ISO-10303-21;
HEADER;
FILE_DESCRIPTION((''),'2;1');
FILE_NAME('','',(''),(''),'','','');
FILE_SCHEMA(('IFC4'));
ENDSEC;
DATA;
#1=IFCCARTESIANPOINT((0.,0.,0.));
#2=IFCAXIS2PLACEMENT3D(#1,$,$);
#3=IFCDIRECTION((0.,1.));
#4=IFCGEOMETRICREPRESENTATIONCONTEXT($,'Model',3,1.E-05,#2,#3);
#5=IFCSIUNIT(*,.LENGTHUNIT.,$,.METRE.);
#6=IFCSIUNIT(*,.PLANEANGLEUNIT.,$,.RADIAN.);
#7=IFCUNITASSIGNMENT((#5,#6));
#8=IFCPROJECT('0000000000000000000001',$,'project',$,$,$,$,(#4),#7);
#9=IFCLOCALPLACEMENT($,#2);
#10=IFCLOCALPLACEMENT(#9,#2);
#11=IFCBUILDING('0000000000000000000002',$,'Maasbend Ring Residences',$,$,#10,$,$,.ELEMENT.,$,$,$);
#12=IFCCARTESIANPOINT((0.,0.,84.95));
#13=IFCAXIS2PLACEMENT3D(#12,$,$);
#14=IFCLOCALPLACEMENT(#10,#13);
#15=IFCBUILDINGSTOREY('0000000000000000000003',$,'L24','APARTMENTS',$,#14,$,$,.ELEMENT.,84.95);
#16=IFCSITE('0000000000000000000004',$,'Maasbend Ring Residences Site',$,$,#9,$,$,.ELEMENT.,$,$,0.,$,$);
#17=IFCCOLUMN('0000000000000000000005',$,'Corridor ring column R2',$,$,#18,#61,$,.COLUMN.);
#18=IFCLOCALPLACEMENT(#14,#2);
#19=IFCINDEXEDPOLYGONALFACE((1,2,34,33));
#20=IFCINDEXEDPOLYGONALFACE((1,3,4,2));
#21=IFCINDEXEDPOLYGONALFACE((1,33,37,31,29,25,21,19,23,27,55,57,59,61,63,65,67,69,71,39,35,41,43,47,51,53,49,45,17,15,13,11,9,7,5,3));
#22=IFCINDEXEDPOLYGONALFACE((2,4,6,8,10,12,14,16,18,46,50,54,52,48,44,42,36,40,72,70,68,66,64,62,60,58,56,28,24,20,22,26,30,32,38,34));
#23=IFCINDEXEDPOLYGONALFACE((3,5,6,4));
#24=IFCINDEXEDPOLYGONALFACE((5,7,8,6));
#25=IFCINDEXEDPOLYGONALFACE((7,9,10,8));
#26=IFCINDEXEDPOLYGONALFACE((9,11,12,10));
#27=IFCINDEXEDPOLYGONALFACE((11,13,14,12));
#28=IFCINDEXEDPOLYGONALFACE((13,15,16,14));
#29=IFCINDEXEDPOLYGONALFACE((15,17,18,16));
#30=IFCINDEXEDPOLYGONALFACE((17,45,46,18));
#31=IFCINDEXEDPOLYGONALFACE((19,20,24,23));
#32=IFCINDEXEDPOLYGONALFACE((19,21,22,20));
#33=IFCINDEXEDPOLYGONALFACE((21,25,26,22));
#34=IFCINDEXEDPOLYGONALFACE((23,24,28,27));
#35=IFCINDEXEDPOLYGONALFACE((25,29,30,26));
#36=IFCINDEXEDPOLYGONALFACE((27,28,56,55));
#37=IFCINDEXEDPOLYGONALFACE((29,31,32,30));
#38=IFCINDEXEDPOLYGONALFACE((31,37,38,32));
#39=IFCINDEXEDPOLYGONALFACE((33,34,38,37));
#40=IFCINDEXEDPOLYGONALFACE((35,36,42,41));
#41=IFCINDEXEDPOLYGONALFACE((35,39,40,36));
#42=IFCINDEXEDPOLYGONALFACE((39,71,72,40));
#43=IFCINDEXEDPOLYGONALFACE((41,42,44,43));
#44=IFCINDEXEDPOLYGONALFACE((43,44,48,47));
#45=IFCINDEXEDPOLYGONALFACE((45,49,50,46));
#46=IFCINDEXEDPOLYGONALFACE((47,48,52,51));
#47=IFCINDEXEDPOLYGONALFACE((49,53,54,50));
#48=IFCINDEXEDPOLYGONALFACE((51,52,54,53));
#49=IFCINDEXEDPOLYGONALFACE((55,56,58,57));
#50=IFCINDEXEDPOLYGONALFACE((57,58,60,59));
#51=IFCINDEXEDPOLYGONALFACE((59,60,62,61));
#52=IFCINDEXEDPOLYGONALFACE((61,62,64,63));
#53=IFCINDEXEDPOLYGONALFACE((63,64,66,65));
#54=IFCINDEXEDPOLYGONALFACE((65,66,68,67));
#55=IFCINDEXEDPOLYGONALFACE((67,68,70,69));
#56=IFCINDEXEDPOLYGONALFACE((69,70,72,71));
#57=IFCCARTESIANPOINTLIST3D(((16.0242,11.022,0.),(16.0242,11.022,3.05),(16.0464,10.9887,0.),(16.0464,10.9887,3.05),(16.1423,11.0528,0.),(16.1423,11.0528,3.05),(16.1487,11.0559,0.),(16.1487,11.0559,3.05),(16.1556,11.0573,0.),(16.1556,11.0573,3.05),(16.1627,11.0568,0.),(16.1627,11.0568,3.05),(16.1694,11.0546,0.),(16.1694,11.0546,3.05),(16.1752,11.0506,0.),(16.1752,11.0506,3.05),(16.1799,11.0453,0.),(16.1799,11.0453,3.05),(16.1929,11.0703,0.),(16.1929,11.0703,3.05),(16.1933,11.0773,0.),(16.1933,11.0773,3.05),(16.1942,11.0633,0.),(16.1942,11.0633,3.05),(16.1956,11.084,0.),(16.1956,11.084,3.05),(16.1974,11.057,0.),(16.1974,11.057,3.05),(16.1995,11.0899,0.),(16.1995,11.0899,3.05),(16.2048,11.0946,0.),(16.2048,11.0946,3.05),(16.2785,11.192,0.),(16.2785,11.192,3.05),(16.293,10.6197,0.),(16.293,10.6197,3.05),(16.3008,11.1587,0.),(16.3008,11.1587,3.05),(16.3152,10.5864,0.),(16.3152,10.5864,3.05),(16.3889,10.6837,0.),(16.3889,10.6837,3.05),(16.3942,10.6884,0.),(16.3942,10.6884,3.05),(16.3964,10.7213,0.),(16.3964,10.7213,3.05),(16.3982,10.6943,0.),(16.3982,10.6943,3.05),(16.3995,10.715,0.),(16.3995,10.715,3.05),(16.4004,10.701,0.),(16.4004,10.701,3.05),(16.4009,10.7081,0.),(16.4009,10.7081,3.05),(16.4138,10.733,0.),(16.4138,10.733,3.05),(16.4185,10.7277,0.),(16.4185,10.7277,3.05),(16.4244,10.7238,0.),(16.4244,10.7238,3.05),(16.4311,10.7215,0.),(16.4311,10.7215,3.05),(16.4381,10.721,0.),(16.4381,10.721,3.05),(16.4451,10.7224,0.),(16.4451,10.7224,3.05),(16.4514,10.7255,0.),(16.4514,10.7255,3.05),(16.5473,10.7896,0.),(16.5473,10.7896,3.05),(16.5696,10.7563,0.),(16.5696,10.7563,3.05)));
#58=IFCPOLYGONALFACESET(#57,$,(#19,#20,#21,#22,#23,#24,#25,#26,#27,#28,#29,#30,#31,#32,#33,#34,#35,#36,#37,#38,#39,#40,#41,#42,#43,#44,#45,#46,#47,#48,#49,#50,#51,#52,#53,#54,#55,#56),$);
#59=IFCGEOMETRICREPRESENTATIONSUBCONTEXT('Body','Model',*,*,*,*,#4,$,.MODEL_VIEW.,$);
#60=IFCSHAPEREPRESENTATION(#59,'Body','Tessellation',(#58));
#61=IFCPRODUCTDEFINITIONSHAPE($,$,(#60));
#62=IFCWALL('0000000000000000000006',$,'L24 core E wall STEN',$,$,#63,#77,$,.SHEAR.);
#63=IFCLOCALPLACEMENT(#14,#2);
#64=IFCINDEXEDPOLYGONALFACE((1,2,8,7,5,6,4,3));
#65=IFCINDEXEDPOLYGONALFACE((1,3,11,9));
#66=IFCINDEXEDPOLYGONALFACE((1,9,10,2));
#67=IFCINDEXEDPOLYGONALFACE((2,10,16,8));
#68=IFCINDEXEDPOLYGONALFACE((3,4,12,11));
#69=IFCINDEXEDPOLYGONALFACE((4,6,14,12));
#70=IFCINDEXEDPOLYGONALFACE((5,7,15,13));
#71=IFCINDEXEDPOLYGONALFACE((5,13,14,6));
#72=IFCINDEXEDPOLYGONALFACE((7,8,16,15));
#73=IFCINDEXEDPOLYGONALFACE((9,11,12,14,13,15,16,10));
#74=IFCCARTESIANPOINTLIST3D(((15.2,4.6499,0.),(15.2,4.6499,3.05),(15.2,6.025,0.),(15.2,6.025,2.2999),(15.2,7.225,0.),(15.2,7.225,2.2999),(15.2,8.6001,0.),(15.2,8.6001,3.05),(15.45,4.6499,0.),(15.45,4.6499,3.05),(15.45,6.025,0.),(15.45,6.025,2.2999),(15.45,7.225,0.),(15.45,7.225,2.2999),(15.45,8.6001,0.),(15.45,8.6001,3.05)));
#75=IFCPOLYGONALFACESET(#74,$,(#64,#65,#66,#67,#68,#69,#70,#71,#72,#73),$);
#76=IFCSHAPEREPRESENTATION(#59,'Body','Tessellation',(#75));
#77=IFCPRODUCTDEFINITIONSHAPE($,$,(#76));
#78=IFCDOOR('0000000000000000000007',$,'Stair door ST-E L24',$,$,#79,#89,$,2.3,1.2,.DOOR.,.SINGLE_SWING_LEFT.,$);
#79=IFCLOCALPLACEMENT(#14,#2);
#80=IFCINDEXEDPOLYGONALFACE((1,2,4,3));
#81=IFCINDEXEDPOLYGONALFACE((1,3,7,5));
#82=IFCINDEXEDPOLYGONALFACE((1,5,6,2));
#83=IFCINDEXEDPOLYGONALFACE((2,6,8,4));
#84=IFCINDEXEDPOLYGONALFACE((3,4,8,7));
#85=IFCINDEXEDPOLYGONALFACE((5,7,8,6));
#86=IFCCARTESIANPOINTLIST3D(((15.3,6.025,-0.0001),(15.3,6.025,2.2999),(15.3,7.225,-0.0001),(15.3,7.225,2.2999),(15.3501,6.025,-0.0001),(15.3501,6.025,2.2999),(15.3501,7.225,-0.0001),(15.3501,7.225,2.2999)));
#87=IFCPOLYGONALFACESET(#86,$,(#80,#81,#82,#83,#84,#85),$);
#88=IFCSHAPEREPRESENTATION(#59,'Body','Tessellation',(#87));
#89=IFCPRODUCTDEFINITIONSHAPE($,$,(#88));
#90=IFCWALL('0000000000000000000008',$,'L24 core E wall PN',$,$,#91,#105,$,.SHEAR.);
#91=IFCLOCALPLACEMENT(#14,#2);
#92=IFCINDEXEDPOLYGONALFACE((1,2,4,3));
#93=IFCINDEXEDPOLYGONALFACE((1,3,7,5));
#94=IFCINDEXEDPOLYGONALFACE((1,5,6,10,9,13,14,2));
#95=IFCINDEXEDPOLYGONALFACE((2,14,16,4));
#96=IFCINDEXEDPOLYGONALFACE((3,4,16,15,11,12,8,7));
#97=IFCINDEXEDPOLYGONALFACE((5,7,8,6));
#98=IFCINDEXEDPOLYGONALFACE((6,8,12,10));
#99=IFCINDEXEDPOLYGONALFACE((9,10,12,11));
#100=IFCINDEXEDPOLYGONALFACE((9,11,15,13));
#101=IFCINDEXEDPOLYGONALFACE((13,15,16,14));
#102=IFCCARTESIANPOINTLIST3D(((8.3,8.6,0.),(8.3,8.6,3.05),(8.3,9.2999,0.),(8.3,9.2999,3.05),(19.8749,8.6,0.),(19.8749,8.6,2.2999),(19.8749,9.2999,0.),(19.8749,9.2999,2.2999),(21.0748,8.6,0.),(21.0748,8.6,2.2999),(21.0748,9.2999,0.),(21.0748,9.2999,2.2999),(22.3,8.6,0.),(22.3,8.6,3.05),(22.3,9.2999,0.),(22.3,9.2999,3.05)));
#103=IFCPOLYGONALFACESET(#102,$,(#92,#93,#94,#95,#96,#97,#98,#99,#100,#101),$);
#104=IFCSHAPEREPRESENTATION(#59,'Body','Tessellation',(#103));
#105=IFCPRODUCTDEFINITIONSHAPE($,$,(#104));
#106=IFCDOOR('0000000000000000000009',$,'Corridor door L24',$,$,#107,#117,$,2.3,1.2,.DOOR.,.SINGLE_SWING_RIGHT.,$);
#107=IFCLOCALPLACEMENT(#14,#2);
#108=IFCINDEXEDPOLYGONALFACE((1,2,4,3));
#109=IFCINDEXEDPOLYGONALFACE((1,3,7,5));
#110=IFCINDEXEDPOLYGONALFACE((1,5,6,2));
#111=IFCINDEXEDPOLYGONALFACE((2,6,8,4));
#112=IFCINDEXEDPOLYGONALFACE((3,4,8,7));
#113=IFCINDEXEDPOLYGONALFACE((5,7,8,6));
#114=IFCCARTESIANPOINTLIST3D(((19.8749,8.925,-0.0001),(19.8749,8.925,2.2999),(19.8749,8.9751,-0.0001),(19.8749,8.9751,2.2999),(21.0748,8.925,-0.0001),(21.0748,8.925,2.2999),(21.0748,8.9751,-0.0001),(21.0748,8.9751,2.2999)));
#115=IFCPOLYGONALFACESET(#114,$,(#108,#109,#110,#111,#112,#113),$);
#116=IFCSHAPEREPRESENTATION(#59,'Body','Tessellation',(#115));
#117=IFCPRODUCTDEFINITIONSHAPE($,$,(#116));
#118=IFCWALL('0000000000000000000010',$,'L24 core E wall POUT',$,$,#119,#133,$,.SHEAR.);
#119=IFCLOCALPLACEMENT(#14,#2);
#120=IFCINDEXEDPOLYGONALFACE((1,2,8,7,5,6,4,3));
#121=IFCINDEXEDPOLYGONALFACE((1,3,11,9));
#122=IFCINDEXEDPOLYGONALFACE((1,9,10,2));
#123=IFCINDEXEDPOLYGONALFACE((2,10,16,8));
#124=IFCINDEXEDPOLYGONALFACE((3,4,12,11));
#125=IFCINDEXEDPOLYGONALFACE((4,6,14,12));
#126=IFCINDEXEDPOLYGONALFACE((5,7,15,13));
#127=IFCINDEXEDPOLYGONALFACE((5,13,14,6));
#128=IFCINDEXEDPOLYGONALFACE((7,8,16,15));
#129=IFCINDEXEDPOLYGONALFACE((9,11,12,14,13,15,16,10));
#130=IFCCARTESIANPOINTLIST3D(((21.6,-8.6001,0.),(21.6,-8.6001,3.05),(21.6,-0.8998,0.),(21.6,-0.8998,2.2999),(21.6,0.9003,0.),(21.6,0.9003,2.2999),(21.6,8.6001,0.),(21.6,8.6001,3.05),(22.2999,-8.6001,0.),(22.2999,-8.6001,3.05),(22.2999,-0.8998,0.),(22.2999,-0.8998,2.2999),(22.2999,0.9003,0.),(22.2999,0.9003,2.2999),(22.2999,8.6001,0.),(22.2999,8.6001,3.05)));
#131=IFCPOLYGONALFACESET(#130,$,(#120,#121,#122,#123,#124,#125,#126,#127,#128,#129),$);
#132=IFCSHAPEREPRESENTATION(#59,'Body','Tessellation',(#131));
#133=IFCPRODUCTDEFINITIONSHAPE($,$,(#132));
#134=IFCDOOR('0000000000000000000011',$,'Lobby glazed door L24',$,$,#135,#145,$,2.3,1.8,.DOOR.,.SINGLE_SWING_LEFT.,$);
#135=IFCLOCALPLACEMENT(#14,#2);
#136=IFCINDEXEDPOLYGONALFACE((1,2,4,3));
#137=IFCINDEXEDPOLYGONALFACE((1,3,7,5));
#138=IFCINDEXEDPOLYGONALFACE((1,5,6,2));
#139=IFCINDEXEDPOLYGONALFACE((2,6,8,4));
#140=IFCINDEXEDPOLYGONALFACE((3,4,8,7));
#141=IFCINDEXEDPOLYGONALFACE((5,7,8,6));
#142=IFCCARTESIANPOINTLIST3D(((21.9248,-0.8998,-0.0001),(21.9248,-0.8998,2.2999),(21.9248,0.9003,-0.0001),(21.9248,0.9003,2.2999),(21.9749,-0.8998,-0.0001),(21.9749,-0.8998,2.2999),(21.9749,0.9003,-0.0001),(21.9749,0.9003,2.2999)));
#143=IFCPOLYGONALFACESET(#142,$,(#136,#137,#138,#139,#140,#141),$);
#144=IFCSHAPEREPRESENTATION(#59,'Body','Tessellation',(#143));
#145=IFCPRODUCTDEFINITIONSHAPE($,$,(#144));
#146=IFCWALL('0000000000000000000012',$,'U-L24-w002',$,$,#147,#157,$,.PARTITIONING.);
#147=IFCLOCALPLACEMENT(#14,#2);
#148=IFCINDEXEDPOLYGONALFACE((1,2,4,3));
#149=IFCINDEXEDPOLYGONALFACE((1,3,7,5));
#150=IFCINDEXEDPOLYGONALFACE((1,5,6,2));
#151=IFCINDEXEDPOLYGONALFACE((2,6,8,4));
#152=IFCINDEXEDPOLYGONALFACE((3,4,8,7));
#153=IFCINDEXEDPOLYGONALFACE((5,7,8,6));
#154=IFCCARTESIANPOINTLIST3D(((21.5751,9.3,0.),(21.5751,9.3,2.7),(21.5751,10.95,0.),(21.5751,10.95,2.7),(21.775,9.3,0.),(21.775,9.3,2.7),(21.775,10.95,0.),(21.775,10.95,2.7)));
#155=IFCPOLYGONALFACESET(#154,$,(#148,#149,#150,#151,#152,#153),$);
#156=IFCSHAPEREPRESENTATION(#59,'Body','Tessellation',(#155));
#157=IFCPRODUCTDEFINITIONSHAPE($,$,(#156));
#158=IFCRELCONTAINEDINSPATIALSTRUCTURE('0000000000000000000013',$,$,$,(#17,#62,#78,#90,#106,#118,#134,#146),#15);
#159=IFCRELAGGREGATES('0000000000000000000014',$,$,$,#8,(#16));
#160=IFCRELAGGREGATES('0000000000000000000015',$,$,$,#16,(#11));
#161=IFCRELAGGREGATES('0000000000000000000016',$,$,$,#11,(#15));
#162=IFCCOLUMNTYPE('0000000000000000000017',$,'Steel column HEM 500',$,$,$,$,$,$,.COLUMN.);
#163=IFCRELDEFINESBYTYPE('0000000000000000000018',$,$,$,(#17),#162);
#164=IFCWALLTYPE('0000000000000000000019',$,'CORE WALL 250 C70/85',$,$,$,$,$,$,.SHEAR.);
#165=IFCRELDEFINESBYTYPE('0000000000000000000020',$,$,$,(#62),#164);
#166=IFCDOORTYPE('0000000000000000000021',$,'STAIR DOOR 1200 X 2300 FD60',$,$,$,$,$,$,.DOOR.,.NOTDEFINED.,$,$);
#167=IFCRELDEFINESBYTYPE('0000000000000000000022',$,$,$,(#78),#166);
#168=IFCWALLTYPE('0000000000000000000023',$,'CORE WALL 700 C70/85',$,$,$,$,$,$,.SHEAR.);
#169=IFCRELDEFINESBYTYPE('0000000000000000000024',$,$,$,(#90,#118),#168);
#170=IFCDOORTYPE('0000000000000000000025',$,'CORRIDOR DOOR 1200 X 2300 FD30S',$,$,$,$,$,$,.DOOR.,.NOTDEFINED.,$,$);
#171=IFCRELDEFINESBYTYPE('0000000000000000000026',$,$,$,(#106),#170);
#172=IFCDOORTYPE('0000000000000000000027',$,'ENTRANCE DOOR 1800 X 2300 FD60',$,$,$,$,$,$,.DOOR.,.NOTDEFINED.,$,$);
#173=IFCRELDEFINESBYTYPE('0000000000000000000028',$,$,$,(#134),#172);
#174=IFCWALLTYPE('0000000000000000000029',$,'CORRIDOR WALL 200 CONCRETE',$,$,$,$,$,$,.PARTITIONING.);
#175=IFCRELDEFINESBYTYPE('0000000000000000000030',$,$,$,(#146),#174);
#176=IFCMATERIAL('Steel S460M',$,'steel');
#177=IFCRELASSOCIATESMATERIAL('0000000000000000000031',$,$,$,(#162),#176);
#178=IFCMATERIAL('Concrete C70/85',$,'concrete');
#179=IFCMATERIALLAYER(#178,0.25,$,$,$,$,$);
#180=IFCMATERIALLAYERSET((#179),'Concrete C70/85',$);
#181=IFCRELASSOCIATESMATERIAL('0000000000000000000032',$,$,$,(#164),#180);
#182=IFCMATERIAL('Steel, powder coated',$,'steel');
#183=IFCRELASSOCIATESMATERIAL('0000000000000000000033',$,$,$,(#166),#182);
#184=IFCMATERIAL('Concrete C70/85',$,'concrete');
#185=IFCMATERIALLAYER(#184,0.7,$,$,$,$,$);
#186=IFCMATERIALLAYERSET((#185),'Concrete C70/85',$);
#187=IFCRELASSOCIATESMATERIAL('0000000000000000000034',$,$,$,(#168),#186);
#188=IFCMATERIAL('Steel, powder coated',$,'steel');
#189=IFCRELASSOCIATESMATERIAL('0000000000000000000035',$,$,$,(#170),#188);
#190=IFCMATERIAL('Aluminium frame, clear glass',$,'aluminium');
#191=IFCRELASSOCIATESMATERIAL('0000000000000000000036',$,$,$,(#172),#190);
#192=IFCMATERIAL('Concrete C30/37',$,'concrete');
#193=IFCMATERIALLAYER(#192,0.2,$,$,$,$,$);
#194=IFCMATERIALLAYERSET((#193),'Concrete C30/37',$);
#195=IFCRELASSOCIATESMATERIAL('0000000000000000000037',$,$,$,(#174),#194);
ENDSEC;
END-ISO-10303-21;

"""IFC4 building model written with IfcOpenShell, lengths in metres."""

from ifc_helpers import new_model, si_unit, direction, frame, frame_2d, origin, origin_2d, place, context, subcontext, project, spatial, rectangle, i_section, extrude, material, layer, layer_set, material_profile, profile_set, type_object, element, fill, save


model = new_model("IFC4")

# Units and contexts
model_context = context("Model", 3, precision=1e-05, world=origin(), true_north=direction((0.0, 1.0)))
body_context = subcontext(model_context, "Body", "Model", "MODEL_VIEW")
ifc_project = project(units=[si_unit("LENGTHUNIT", "METRE"), si_unit("PLANEANGLEUNIT", "RADIAN")], contexts=[model_context])

# Site, building, storey
site_placement = place(None, origin())
site = spatial("IfcSite", under=ifc_project, at=site_placement, Name="Maasbend Ring Residences Site", CompositionType="ELEMENT", RefElevation=0.0)
building_placement = place(site_placement, origin())
building = spatial("IfcBuilding", under=site, at=building_placement, Name="Maasbend Ring Residences", CompositionType="ELEMENT")
storey_placement = place(building_placement, frame((0.0, 0.0, 84.95)))
storey = spatial("IfcBuildingStorey", under=building, at=storey_placement, Name="L24", Description="APARTMENTS", CompositionType="ELEMENT", Elevation=84.95)

# Column
ifc_material_1 = material(Name="Steel S460M", Category="steel")
ifc_material_profile = material_profile(ifc_material_1, i_section(OverallWidth=0.3059, OverallDepth=0.5239, WebThickness=0.021, FlangeThickness=0.04, FilletRadius=0.0271, at=origin_2d()), Name="HEM 500")
ifc_profile_set = profile_set([ifc_material_profile], Name="Steel S460M")
column_type = type_object("IfcColumnType", Name="Steel column HEM 500", PredefinedType="COLUMN", material=ifc_profile_set)
column_placement = place(storey_placement, frame((16.2969, 10.8892, 0.0), z_axis=(0.0, 0.0, 1.0), x_axis=(0.83147, 0.55557, 0.0)))
element("IfcColumn", 1, at=column_placement, inside=storey, type_object=column_type, Name="Corridor ring column R2", PredefinedType="COLUMN", context=body_context, shape_type="SweptSolid", body=[
    extrude(i_section(OverallWidth=0.3059, OverallDepth=0.5239, WebThickness=0.021, FlangeThickness=0.04, FilletRadius=0.0271, at=origin_2d()), origin(), (0.0, 0.0, 1.0), 3.05),
])

# Walls, openings, doors
ifc_material_2 = material(Name="Concrete C70/85", Category="concrete")
ifc_layer_1 = layer(ifc_material_2, 0.25)
ifc_layer_set_1 = layer_set([ifc_layer_1], Name="Concrete C70/85")
wall_type_1 = type_object("IfcWallType", Name="CORE WALL 250 C70/85", PredefinedType="SHEAR", material=ifc_layer_set_1)
wall_1_placement = place(storey_placement, frame((15.325, 4.6499, 0.0), z_axis=(0.0, 0.0, 1.0), x_axis=(0.0, 1.0, 0.0)))
wall_1 = element("IfcWall", 2, at=wall_1_placement, inside=storey, type_object=wall_type_1, Name="L24 core E wall STEN", PredefinedType="SHEAR", context=body_context, shape_type="SweptSolid", body=[
    extrude(rectangle(XDim=3.9502, YDim=0.25, at=frame_2d((1.9751, 0.0))), origin(), (0.0, 0.0, 1.0), 3.05),
])
opening_1_placement = place(wall_1_placement, frame((1.375, 0.0, 0.0)))
opening_1 = element("IfcOpeningElement", 3, at=opening_1_placement, cuts=wall_1, PredefinedType="OPENING", context=body_context, shape_type="SweptSolid", body=[
    extrude(rectangle(XDim=1.2, YDim=2.3, at=frame_2d((0.6001, 1.1499))), frame((0.0, 0.135, 0.0), z_axis=(0.0, -1.0, 0.0), x_axis=(1.0, 0.0, 0.0)), (0.0, 0.0, 1.0), 0.27),
])
ifc_material_3 = material(Name="Steel, powder coated", Category="steel")
door_type_1 = type_object("IfcDoorType", Name="STAIR DOOR 1200 X 2300 FD60", OperationType="NOTDEFINED", PredefinedType="DOOR", material=ifc_material_3)
door_1_placement = place(opening_1_placement, origin())
door_1 = element("IfcDoor", 4, at=door_1_placement, inside=storey, type_object=door_type_1, Name="Stair door ST-E L24", OperationType="SINGLE_SWING_LEFT", OverallHeight=2.3, OverallWidth=1.2, PredefinedType="DOOR", context=body_context, shape_type="SweptSolid", body=[
    extrude(rectangle(XDim=1.2, YDim=2.3, at=frame_2d((0.6001, 1.1499))), frame((0.0, 0.0249, 0.0), z_axis=(0.0, -1.0, 0.0), x_axis=(1.0, 0.0, 0.0)), (0.0, 0.0, 1.0), 0.05),
])
fill(opening_1, door_1)
ifc_material_4 = material(Name="Concrete C70/85", Category="concrete")
ifc_layer_2 = layer(ifc_material_4, 0.7)
ifc_layer_set_2 = layer_set([ifc_layer_2], Name="Concrete C70/85")
wall_type_2 = type_object("IfcWallType", Name="CORE WALL 700 C70/85", PredefinedType="SHEAR", material=ifc_layer_set_2)
wall_2_placement = place(storey_placement, frame((22.3, 8.95, 0.0), z_axis=(0.0, 0.0, 1.0), x_axis=(-1.0, 0.0, 0.0)))
wall_2 = element("IfcWall", 5, at=wall_2_placement, inside=storey, type_object=wall_type_2, Name="L24 core E wall PN", PredefinedType="SHEAR", context=body_context, shape_type="SweptSolid", body=[
    extrude(rectangle(XDim=14.0, YDim=0.7, at=frame_2d((7.0, 0.0))), origin(), (0.0, 0.0, 1.0), 3.05),
])
opening_2_placement = place(wall_2_placement, frame((1.2251, 0.0, 0.0)))
opening_2 = element("IfcOpeningElement", 6, at=opening_2_placement, cuts=wall_2, PredefinedType="OPENING", context=body_context, shape_type="SweptSolid", body=[
    extrude(rectangle(XDim=1.2, YDim=2.3, at=frame_2d((0.6001, 1.1499))), frame((0.0, 0.3599, 0.0), z_axis=(0.0, -1.0, 0.0), x_axis=(1.0, 0.0, 0.0)), (0.0, 0.0, 1.0), 0.72),
])
ifc_material_5 = material(Name="Steel, powder coated", Category="steel")
door_type_2 = type_object("IfcDoorType", Name="CORRIDOR DOOR 1200 X 2300 FD30S", OperationType="NOTDEFINED", PredefinedType="DOOR", material=ifc_material_5)
door_2_placement = place(opening_2_placement, origin())
door_2 = element("IfcDoor", 7, at=door_2_placement, inside=storey, type_object=door_type_2, Name="Corridor door L24", OperationType="SINGLE_SWING_RIGHT", OverallHeight=2.3, OverallWidth=1.2, PredefinedType="DOOR", context=body_context, shape_type="SweptSolid", body=[
    extrude(rectangle(XDim=1.2, YDim=2.3, at=frame_2d((0.6001, 1.1499))), frame((0.0, 0.0249, 0.0), z_axis=(0.0, -1.0, 0.0), x_axis=(1.0, 0.0, 0.0)), (0.0, 0.0, 1.0), 0.05),
])
fill(opening_2, door_2)
wall_3_placement = place(storey_placement, frame((21.95, 8.6001, 0.0), z_axis=(0.0, 0.0, 1.0), x_axis=(0.0, -1.0, 0.0)))
wall_3 = element("IfcWall", 8, at=wall_3_placement, inside=storey, type_object=wall_type_2, Name="L24 core E wall POUT", PredefinedType="SHEAR", context=body_context, shape_type="SweptSolid", body=[
    extrude(rectangle(XDim=17.2002, YDim=0.7, at=frame_2d((8.6001, 0.0))), origin(), (0.0, 0.0, 1.0), 3.05),
])
opening_3_placement = place(wall_3_placement, frame((7.7, 0.0, 0.0)))
opening_3 = element("IfcOpeningElement", 9, at=opening_3_placement, cuts=wall_3, PredefinedType="OPENING", context=body_context, shape_type="SweptSolid", body=[
    extrude(rectangle(XDim=1.8, YDim=2.3, at=frame_2d((0.8999, 1.1499))), frame((0.0, 0.3599, 0.0), z_axis=(0.0, -1.0, 0.0), x_axis=(1.0, 0.0, 0.0)), (0.0, 0.0, 1.0), 0.72),
])
ifc_material_6 = material(Name="Aluminium frame, clear glass", Category="aluminium")
door_type_3 = type_object("IfcDoorType", Name="ENTRANCE DOOR 1800 X 2300 FD60", OperationType="NOTDEFINED", PredefinedType="DOOR", material=ifc_material_6)
door_3_placement = place(opening_3_placement, origin())
door_3 = element("IfcDoor", 10, at=door_3_placement, inside=storey, type_object=door_type_3, Name="Lobby glazed door L24", OperationType="SINGLE_SWING_LEFT", OverallHeight=2.3, OverallWidth=1.8, PredefinedType="DOOR", context=body_context, shape_type="SweptSolid", body=[
    extrude(rectangle(XDim=1.8, YDim=2.3, at=frame_2d((0.8999, 1.1499))), frame((0.0, 0.0249, 0.0), z_axis=(0.0, -1.0, 0.0), x_axis=(1.0, 0.0, 0.0)), (0.0, 0.0, 1.0), 0.05),
])
fill(opening_3, door_3)

# Wall
ifc_material_7 = material(Name="Concrete C30/37", Category="concrete")
ifc_layer_3 = layer(ifc_material_7, 0.2)
ifc_layer_set_3 = layer_set([ifc_layer_3], Name="Concrete C30/37")
wall_type_3 = type_object("IfcWallType", Name="CORRIDOR WALL 200 CONCRETE", PredefinedType="PARTITIONING", material=ifc_layer_set_3)
wall_4_placement = place(storey_placement, frame((21.675, 9.3, 0.0), z_axis=(0.0, 0.0, 1.0), x_axis=(0.0, 1.0, 0.0)))
element("IfcWall", 11, at=wall_4_placement, inside=storey, type_object=wall_type_3, Name="U-L24-w002", PredefinedType="PARTITIONING", context=body_context, shape_type="SweptSolid", body=[
    extrude(rectangle(XDim=1.6499, YDim=0.2, at=frame_2d((0.825, 0.0))), origin(), (0.0, 0.0, 1.0), 2.7),
])

save(model, "model.ifc")
